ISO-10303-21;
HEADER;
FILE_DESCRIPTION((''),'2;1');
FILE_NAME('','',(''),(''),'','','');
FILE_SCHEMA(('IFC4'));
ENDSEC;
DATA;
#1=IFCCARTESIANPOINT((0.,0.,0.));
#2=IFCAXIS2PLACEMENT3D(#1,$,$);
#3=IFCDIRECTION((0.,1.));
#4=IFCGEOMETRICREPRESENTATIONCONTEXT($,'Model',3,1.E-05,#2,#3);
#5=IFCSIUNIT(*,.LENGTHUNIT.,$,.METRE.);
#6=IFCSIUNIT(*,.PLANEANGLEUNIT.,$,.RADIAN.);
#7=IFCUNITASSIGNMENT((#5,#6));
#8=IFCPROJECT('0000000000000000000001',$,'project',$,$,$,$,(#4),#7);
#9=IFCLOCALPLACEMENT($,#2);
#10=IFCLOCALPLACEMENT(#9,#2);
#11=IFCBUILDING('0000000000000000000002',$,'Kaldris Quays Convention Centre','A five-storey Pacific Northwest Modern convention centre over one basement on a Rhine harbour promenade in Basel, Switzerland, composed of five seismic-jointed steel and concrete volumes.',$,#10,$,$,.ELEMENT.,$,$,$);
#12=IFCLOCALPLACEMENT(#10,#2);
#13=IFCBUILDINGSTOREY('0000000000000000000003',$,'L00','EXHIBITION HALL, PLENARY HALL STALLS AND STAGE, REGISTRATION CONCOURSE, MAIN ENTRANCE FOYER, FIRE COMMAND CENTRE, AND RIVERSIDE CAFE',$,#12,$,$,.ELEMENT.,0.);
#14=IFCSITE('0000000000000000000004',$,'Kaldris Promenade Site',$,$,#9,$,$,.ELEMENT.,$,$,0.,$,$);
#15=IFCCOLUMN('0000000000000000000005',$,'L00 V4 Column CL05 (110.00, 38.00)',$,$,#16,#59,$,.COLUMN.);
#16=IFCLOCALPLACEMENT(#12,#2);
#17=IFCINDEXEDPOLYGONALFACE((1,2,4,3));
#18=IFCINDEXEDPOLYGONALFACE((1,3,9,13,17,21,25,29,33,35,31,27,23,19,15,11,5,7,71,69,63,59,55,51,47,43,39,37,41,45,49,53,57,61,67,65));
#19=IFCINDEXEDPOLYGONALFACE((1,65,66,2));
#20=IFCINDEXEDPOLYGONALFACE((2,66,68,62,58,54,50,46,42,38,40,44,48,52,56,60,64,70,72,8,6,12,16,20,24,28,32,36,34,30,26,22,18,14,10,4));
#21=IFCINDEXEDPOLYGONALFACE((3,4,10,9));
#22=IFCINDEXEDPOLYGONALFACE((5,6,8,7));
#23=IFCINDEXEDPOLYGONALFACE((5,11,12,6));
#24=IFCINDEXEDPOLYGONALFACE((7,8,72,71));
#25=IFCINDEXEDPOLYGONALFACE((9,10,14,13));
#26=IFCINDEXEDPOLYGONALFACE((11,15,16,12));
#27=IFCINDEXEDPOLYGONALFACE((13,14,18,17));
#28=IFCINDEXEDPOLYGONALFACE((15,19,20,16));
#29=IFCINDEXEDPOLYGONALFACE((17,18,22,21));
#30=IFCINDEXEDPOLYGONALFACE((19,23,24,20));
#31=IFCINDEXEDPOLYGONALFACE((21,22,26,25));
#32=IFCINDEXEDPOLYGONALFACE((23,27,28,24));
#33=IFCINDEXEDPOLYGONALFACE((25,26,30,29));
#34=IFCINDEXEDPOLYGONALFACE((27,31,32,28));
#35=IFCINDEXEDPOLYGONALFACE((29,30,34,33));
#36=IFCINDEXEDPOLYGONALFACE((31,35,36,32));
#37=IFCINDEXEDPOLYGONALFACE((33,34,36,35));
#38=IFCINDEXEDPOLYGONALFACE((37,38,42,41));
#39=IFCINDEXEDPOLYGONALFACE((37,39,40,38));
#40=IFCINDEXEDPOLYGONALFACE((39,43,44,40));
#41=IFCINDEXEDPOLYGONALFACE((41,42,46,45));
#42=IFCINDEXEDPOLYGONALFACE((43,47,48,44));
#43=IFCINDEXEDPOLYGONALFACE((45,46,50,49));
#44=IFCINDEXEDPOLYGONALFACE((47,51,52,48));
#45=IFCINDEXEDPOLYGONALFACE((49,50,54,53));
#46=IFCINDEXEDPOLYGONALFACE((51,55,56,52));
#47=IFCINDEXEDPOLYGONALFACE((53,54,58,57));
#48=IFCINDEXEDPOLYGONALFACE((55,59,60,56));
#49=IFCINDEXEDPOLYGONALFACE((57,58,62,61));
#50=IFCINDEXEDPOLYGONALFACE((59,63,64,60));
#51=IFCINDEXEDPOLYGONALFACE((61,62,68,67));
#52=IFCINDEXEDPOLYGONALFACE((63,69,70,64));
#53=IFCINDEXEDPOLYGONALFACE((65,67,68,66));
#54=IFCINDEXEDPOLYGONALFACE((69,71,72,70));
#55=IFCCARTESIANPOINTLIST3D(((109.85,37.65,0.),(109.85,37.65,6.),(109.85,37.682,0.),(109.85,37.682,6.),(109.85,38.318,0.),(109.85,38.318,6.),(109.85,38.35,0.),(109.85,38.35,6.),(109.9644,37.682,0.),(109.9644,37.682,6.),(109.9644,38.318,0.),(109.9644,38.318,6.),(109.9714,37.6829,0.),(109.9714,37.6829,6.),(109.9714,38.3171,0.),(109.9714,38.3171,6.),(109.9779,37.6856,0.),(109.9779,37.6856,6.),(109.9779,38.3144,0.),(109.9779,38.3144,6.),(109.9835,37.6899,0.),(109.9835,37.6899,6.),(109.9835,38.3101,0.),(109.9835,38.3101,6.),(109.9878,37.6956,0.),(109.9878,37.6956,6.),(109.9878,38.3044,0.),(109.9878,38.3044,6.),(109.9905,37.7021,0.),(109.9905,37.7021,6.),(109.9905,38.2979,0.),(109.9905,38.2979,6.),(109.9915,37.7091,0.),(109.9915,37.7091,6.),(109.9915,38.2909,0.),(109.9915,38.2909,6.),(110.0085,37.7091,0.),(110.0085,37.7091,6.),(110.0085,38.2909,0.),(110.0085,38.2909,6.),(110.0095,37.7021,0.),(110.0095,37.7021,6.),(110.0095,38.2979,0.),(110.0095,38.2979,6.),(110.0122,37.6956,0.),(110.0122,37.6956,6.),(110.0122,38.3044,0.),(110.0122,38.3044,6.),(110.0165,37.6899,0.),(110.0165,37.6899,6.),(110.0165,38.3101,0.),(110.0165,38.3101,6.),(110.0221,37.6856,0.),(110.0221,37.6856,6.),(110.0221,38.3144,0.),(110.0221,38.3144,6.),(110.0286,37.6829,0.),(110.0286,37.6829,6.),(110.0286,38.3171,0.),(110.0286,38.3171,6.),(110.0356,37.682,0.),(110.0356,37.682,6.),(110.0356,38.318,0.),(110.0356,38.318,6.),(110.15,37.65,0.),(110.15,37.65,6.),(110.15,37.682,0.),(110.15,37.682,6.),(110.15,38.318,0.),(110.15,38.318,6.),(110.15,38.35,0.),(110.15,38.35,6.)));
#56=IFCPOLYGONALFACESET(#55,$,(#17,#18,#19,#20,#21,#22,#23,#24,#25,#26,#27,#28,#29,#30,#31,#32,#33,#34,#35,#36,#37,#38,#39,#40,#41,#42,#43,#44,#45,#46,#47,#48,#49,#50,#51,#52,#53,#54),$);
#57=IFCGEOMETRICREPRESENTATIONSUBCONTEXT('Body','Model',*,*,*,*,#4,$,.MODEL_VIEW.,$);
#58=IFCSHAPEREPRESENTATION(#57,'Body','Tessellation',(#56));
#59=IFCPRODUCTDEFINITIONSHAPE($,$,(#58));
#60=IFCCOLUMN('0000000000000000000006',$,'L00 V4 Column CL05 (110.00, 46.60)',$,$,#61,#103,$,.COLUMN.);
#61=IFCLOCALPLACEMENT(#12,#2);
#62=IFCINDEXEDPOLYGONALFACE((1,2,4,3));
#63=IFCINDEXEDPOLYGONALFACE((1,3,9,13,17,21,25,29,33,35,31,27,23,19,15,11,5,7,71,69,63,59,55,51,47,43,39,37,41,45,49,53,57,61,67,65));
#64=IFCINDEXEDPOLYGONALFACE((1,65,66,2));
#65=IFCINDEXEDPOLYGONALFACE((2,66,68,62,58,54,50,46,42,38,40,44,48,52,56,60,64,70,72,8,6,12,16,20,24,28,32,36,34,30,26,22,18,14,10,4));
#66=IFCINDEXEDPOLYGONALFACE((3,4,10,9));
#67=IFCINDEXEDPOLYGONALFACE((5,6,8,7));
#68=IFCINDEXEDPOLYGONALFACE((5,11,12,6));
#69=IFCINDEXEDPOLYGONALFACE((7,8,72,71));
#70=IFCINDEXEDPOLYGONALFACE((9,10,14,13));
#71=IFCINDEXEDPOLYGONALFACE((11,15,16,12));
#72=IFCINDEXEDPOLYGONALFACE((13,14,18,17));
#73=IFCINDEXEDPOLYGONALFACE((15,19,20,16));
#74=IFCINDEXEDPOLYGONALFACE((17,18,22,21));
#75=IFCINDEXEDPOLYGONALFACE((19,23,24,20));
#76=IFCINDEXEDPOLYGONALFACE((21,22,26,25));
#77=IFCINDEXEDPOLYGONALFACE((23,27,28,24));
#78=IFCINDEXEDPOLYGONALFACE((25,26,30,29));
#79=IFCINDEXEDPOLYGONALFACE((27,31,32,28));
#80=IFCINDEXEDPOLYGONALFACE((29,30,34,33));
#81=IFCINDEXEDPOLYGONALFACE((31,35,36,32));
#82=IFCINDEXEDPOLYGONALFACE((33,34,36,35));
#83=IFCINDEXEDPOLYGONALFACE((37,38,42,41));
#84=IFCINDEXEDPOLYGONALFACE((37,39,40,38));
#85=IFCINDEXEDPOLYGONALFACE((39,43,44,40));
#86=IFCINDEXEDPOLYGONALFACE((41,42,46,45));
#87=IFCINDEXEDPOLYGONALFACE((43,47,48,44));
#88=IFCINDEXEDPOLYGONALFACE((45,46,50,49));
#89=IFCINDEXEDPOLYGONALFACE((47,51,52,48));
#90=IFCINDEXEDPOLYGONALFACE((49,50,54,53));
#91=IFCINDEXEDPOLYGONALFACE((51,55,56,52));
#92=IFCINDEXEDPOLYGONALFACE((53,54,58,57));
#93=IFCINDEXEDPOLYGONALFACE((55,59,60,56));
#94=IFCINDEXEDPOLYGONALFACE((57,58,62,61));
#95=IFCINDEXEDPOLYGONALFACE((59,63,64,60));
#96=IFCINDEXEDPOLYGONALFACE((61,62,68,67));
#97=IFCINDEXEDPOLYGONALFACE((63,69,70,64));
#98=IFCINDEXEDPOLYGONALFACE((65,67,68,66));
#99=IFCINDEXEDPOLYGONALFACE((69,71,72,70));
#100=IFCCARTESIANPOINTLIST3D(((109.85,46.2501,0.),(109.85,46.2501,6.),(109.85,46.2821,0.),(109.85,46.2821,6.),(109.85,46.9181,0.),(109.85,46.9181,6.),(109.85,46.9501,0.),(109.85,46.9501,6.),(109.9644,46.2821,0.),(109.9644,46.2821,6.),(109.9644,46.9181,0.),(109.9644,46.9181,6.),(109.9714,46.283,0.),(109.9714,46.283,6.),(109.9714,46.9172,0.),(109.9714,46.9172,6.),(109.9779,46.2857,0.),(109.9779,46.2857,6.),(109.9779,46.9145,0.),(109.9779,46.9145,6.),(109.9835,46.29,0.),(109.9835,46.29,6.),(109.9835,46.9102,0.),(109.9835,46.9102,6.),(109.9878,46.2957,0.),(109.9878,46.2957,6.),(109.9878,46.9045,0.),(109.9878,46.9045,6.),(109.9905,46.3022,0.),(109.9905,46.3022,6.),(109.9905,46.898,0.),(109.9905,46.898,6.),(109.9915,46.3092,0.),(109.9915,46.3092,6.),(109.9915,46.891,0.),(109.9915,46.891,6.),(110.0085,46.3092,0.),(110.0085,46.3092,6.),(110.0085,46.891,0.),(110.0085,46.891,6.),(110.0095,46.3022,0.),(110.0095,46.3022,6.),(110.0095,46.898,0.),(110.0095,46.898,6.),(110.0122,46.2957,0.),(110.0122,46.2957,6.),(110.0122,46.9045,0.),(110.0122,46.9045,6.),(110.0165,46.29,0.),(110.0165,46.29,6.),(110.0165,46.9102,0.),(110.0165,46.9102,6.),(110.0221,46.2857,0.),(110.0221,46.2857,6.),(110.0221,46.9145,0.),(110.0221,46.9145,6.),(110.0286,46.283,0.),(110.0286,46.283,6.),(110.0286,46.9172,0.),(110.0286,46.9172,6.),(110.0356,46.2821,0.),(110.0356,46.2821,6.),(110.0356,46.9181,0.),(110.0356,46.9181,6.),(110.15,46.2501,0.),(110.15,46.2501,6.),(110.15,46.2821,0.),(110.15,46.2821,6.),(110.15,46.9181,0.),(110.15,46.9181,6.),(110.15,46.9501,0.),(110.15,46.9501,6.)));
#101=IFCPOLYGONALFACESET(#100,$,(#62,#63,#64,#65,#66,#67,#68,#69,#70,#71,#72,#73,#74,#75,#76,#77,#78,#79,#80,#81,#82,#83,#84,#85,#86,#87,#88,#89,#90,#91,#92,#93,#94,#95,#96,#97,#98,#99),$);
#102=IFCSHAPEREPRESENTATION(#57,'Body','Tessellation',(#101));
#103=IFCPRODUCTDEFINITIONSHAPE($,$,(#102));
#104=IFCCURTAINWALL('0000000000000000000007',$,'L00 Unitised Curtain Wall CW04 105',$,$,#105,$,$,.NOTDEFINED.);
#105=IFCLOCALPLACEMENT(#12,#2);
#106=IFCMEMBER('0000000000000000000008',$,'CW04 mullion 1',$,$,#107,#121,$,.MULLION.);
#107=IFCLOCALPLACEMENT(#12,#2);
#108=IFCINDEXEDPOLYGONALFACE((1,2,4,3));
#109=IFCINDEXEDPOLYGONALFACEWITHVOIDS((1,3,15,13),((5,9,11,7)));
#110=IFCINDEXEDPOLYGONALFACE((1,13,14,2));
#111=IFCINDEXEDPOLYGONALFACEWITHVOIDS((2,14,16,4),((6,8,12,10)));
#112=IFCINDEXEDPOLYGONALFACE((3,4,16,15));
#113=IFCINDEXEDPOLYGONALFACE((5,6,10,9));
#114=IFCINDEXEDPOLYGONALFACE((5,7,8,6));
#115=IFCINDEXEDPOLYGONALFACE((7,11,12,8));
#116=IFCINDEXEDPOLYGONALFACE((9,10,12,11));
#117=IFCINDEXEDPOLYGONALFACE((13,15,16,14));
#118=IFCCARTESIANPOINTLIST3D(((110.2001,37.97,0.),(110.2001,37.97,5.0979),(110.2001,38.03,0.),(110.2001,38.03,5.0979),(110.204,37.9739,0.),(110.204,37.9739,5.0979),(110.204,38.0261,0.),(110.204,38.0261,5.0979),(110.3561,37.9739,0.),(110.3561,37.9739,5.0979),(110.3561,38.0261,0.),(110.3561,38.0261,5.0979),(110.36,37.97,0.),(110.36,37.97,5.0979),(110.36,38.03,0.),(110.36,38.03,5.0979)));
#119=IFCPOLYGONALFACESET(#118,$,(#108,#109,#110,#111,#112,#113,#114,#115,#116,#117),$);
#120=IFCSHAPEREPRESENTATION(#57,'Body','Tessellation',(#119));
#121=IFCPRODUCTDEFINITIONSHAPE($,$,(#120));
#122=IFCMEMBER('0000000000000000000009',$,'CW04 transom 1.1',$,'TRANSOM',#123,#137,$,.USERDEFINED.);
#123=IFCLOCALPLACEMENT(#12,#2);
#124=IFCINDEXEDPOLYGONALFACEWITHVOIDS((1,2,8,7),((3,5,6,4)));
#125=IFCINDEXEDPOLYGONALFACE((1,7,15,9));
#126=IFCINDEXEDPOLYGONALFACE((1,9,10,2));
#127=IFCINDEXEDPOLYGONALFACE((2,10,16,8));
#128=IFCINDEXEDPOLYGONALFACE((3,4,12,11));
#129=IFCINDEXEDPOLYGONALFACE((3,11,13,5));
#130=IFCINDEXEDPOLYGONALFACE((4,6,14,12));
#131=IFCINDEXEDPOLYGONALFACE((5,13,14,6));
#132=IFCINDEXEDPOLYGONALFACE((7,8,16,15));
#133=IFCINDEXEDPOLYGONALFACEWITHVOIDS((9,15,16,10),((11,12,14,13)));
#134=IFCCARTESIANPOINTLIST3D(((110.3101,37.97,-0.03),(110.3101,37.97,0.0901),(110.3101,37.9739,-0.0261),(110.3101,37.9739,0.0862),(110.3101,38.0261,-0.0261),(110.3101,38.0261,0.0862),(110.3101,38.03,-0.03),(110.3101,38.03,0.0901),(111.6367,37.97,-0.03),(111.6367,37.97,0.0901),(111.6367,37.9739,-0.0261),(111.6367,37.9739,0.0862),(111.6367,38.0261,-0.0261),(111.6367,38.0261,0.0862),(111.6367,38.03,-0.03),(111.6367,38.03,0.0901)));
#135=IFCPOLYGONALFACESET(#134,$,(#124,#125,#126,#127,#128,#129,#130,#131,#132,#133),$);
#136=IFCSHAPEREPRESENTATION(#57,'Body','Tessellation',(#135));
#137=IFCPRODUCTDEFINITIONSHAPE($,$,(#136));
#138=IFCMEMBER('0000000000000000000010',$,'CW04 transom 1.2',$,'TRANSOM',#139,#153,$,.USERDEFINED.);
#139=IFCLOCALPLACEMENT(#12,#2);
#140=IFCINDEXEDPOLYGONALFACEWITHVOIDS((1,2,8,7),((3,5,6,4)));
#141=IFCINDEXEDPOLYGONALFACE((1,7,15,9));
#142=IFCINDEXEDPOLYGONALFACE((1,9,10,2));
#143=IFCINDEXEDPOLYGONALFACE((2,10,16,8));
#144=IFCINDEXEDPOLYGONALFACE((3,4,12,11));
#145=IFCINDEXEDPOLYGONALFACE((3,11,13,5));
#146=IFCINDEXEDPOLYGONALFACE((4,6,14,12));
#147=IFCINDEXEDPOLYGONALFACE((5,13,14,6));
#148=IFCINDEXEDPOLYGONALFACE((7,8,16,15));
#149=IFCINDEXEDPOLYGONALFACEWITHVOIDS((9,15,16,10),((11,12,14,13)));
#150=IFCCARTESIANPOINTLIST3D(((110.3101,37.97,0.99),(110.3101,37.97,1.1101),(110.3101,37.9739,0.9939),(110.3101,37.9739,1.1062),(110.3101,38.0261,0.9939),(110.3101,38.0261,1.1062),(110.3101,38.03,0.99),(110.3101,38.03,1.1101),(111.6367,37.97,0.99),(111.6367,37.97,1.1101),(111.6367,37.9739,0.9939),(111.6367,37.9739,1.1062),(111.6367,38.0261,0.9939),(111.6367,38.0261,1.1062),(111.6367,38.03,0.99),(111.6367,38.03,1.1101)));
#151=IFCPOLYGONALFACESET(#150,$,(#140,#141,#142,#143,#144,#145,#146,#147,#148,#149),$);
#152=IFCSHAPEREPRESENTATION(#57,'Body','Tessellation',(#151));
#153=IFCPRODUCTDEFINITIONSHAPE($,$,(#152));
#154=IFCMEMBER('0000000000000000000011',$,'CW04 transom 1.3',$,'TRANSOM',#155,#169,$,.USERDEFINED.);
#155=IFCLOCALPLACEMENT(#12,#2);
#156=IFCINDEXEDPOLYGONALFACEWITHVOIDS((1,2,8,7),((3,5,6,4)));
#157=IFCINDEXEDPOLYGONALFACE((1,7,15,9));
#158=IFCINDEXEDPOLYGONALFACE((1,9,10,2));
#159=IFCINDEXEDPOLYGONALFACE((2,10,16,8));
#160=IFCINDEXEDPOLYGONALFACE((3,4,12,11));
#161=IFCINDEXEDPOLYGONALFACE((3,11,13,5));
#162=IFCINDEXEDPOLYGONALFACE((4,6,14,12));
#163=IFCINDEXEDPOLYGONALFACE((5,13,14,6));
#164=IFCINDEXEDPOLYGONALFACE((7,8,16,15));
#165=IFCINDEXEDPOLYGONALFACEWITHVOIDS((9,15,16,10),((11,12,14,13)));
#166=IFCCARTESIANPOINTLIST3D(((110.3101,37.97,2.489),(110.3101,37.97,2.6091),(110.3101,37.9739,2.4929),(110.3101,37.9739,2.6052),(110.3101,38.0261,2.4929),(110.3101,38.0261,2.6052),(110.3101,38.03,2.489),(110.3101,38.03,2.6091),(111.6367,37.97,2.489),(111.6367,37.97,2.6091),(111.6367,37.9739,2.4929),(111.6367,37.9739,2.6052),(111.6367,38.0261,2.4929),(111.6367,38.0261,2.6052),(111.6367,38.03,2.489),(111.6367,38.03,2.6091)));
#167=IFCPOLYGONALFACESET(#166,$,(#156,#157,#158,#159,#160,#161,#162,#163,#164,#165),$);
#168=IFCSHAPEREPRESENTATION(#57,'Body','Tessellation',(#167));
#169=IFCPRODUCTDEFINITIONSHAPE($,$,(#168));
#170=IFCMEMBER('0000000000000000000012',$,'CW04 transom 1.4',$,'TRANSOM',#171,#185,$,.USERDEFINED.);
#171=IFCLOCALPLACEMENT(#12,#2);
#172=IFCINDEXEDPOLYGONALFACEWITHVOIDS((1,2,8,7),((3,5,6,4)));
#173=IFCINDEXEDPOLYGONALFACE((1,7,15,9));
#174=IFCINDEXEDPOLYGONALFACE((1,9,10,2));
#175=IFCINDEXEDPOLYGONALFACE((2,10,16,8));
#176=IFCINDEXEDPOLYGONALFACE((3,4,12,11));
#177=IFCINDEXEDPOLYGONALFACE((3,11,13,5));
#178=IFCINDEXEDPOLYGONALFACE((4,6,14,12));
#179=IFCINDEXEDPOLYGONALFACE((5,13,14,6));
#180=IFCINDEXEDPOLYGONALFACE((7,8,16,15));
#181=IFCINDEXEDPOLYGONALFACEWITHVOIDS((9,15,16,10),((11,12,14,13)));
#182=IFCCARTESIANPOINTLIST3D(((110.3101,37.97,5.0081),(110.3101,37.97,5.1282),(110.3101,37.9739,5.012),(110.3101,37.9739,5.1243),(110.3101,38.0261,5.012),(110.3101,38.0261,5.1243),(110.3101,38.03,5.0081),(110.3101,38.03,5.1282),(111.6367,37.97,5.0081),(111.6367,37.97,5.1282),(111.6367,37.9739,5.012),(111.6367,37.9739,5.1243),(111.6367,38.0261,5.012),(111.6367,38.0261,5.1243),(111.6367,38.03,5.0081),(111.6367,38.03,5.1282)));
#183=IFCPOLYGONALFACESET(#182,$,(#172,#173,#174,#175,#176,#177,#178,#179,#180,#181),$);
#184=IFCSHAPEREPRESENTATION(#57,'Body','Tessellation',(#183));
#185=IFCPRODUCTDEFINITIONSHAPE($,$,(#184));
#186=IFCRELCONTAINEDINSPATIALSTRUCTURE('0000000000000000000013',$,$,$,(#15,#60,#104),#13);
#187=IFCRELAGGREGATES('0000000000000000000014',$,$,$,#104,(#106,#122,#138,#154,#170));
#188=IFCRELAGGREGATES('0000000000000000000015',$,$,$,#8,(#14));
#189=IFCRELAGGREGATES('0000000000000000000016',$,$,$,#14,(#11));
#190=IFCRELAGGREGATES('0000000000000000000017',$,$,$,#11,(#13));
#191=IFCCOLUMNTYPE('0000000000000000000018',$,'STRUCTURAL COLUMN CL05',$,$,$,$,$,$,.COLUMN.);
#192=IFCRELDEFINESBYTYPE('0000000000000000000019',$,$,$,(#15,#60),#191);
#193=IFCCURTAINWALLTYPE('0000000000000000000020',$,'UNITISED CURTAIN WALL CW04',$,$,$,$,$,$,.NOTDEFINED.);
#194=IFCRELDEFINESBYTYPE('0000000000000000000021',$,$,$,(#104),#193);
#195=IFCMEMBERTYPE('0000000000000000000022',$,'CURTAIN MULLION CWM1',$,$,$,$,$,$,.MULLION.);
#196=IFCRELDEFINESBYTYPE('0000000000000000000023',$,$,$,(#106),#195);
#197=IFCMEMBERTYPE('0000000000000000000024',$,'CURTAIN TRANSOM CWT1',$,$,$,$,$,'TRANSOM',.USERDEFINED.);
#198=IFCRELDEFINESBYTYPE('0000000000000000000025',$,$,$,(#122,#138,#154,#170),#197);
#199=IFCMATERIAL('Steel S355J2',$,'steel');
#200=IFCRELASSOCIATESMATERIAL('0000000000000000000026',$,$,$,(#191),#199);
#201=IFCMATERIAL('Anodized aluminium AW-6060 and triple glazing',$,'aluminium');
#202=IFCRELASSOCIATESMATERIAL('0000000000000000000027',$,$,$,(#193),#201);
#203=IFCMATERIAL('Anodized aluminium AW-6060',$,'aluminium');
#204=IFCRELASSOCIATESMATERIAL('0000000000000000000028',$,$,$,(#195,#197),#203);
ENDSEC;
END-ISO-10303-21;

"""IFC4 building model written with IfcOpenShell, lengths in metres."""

from ifc_helpers import new_model, si_unit, direction, frame, origin, origin_2d, place, context, subcontext, project, spatial, hollow_rectangle, i_section, extrude, material, material_profile, profile_set, type_object, element, aggregate, save


model = new_model("IFC4")

# Units and contexts
model_context = context("Model", 3, precision=1e-05, world=origin(), true_north=direction((0.0, 1.0)))
body_context = subcontext(model_context, "Body", "Model", "MODEL_VIEW")
ifc_project = project(units=[si_unit("LENGTHUNIT", "METRE"), si_unit("PLANEANGLEUNIT", "RADIAN")], contexts=[model_context])

# Site, building, storey
site_placement = place(None, origin())
site = spatial("IfcSite", under=ifc_project, at=site_placement, Name="Kaldris Promenade Site", CompositionType="ELEMENT", RefElevation=0.0)
building_placement = place(site_placement, origin())
building = spatial("IfcBuilding", under=site, at=building_placement, Name="Kaldris Quays Convention Centre", Description="A five-storey Pacific Northwest Modern convention centre over one basement on a Rhine harbour promenade in Basel, Switzerland, composed of five seismic-jointed steel and concrete volumes.", CompositionType="ELEMENT")
storey_placement = place(building_placement, origin())
storey = spatial("IfcBuildingStorey", under=building, at=storey_placement, Name="L00", Description="EXHIBITION HALL, PLENARY HALL STALLS AND STAGE, REGISTRATION CONCOURSE, MAIN ENTRANCE FOYER, FIRE COMMAND CENTRE, AND RIVERSIDE CAFE", CompositionType="ELEMENT", Elevation=0.0)

# Columns
ifc_material_1 = material(Name="Steel S355J2", Category="steel")
ifc_material_profile_1 = material_profile(ifc_material_1, i_section(OverallWidth=0.3, OverallDepth=0.7, WebThickness=0.0171, FlangeThickness=0.032, FilletRadius=0.0271, at=origin_2d()), Name="HEB 700")
ifc_profile_set_1 = profile_set([ifc_material_profile_1], Name="Steel S355J2")
column_type = type_object("IfcColumnType", Name="STRUCTURAL COLUMN CL05", PredefinedType="COLUMN", material=ifc_profile_set_1)
for number, where, z_axis, x_axis, name in (
    (1, (110.0, 38.0, 0.0), (0.0, 0.0, 1.0), (1.0, 0.0, 0.0), "L00 V4 Column CL05 (110.00, 38.00)"),
    (2, (110.0, 46.6001, 0.0), (0.0, 0.0, 1.0), (1.0, 0.0, 0.0), "L00 V4 Column CL05 (110.00, 46.60)"),
):
    element("IfcColumn", number, at=place(storey_placement, frame(where, z_axis=z_axis, x_axis=x_axis)), inside=storey, type_object=column_type, Name=name, PredefinedType="COLUMN", context=body_context, shape_type="SweptSolid", body=[
        extrude(i_section(OverallWidth=0.3, OverallDepth=0.7, WebThickness=0.0171, FlangeThickness=0.032, FilletRadius=0.0271, at=origin_2d()), origin(), (0.0, 0.0, 1.0), 6.0),
    ])

# Curtain wall, members
ifc_material_2 = material(Name="Anodized aluminium AW-6060 and triple glazing", Category="aluminium")
curtain_wall_type = type_object("IfcCurtainWallType", Name="UNITISED CURTAIN WALL CW04", PredefinedType="NOTDEFINED", material=ifc_material_2)
curtain_wall_placement = place(storey_placement, origin())
curtain_wall = element("IfcCurtainWall", 3, at=curtain_wall_placement, inside=storey, type_object=curtain_wall_type, Name="L00 Unitised Curtain Wall CW04 105", PredefinedType="NOTDEFINED")
ifc_material_3 = material(Name="Anodized aluminium AW-6060", Category="aluminium")
ifc_material_profile_2 = material_profile(ifc_material_3, hollow_rectangle(XDim=0.0601, YDim=0.1599, WallThickness=0.0039, at=origin_2d()), Name="RHS 160x60x4")
ifc_profile_set_2 = profile_set([ifc_material_profile_2], Name="Anodized aluminium AW-6060")
member_type_1 = type_object("IfcMemberType", Name="CURTAIN MULLION CWM1", PredefinedType="MULLION", material=ifc_profile_set_2)
member_1_placement = place(storey_placement, frame((110.28, 38.0, 0.0), z_axis=(0.0, 0.0, 1.0), x_axis=(0.0, 1.0, 0.0)))
member_1 = element("IfcMember", 4, at=member_1_placement, type_object=member_type_1, Name="CW04 mullion 1", PredefinedType="MULLION", context=body_context, shape_type="SweptSolid", body=[
    extrude(hollow_rectangle(XDim=0.0601, YDim=0.1599, WallThickness=0.0039, at=origin_2d()), origin(), (0.0, 0.0, 1.0), 5.0979),
])
ifc_material_profile_3 = material_profile(ifc_material_3, hollow_rectangle(XDim=0.0601, YDim=0.1201, WallThickness=0.0039, at=origin_2d()), Name="RHS 120x60x4")
ifc_profile_set_3 = profile_set([ifc_material_profile_3], Name="Anodized aluminium AW-6060")
member_type_2 = type_object("IfcMemberType", Name="CURTAIN TRANSOM CWT1", ElementType="TRANSOM", PredefinedType="USERDEFINED", material=ifc_profile_set_3)
member_2_placement = place(storey_placement, frame((110.3101, 38.0, 0.03), z_axis=(1.0, 0.0, 0.0), x_axis=(0.0, 1.0, 0.0)))
member_2 = element("IfcMember", 5, at=member_2_placement, type_object=member_type_2, Name="CW04 transom 1.1", ObjectType="TRANSOM", PredefinedType="USERDEFINED", context=body_context, shape_type="SweptSolid", body=[
    extrude(hollow_rectangle(XDim=0.0601, YDim=0.1201, WallThickness=0.0039, at=origin_2d()), origin(), (0.0, 0.0, 1.0), 1.3267),
])
member_3_placement = place(storey_placement, frame((110.3101, 38.0, 1.05), z_axis=(1.0, 0.0, 0.0), x_axis=(0.0, 1.0, 0.0)))
member_3 = element("IfcMember", 6, at=member_3_placement, type_object=member_type_2, Name="CW04 transom 1.2", ObjectType="TRANSOM", PredefinedType="USERDEFINED", context=body_context, shape_type="SweptSolid", body=[
    extrude(hollow_rectangle(XDim=0.0601, YDim=0.1201, WallThickness=0.0039, at=origin_2d()), origin(), (0.0, 0.0, 1.0), 1.3267),
])
member_4_placement = place(storey_placement, frame((110.3101, 38.0, 2.5491), z_axis=(1.0, 0.0, 0.0), x_axis=(0.0, 1.0, 0.0)))
member_4 = element("IfcMember", 7, at=member_4_placement, type_object=member_type_2, Name="CW04 transom 1.3", ObjectType="TRANSOM", PredefinedType="USERDEFINED", context=body_context, shape_type="SweptSolid", body=[
    extrude(hollow_rectangle(XDim=0.0601, YDim=0.1201, WallThickness=0.0039, at=origin_2d()), origin(), (0.0, 0.0, 1.0), 1.3267),
])
member_5_placement = place(storey_placement, frame((110.3101, 38.0, 5.0681), z_axis=(1.0, 0.0, 0.0), x_axis=(0.0, 1.0, 0.0)))
member_5 = element("IfcMember", 8, at=member_5_placement, type_object=member_type_2, Name="CW04 transom 1.4", ObjectType="TRANSOM", PredefinedType="USERDEFINED", context=body_context, shape_type="SweptSolid", body=[
    extrude(hollow_rectangle(XDim=0.0601, YDim=0.1201, WallThickness=0.0039, at=origin_2d()), origin(), (0.0, 0.0, 1.0), 1.3267),
])

aggregate(curtain_wall, [member_1, member_2, member_3, member_4, member_5])

save(model, "model.ifc")
